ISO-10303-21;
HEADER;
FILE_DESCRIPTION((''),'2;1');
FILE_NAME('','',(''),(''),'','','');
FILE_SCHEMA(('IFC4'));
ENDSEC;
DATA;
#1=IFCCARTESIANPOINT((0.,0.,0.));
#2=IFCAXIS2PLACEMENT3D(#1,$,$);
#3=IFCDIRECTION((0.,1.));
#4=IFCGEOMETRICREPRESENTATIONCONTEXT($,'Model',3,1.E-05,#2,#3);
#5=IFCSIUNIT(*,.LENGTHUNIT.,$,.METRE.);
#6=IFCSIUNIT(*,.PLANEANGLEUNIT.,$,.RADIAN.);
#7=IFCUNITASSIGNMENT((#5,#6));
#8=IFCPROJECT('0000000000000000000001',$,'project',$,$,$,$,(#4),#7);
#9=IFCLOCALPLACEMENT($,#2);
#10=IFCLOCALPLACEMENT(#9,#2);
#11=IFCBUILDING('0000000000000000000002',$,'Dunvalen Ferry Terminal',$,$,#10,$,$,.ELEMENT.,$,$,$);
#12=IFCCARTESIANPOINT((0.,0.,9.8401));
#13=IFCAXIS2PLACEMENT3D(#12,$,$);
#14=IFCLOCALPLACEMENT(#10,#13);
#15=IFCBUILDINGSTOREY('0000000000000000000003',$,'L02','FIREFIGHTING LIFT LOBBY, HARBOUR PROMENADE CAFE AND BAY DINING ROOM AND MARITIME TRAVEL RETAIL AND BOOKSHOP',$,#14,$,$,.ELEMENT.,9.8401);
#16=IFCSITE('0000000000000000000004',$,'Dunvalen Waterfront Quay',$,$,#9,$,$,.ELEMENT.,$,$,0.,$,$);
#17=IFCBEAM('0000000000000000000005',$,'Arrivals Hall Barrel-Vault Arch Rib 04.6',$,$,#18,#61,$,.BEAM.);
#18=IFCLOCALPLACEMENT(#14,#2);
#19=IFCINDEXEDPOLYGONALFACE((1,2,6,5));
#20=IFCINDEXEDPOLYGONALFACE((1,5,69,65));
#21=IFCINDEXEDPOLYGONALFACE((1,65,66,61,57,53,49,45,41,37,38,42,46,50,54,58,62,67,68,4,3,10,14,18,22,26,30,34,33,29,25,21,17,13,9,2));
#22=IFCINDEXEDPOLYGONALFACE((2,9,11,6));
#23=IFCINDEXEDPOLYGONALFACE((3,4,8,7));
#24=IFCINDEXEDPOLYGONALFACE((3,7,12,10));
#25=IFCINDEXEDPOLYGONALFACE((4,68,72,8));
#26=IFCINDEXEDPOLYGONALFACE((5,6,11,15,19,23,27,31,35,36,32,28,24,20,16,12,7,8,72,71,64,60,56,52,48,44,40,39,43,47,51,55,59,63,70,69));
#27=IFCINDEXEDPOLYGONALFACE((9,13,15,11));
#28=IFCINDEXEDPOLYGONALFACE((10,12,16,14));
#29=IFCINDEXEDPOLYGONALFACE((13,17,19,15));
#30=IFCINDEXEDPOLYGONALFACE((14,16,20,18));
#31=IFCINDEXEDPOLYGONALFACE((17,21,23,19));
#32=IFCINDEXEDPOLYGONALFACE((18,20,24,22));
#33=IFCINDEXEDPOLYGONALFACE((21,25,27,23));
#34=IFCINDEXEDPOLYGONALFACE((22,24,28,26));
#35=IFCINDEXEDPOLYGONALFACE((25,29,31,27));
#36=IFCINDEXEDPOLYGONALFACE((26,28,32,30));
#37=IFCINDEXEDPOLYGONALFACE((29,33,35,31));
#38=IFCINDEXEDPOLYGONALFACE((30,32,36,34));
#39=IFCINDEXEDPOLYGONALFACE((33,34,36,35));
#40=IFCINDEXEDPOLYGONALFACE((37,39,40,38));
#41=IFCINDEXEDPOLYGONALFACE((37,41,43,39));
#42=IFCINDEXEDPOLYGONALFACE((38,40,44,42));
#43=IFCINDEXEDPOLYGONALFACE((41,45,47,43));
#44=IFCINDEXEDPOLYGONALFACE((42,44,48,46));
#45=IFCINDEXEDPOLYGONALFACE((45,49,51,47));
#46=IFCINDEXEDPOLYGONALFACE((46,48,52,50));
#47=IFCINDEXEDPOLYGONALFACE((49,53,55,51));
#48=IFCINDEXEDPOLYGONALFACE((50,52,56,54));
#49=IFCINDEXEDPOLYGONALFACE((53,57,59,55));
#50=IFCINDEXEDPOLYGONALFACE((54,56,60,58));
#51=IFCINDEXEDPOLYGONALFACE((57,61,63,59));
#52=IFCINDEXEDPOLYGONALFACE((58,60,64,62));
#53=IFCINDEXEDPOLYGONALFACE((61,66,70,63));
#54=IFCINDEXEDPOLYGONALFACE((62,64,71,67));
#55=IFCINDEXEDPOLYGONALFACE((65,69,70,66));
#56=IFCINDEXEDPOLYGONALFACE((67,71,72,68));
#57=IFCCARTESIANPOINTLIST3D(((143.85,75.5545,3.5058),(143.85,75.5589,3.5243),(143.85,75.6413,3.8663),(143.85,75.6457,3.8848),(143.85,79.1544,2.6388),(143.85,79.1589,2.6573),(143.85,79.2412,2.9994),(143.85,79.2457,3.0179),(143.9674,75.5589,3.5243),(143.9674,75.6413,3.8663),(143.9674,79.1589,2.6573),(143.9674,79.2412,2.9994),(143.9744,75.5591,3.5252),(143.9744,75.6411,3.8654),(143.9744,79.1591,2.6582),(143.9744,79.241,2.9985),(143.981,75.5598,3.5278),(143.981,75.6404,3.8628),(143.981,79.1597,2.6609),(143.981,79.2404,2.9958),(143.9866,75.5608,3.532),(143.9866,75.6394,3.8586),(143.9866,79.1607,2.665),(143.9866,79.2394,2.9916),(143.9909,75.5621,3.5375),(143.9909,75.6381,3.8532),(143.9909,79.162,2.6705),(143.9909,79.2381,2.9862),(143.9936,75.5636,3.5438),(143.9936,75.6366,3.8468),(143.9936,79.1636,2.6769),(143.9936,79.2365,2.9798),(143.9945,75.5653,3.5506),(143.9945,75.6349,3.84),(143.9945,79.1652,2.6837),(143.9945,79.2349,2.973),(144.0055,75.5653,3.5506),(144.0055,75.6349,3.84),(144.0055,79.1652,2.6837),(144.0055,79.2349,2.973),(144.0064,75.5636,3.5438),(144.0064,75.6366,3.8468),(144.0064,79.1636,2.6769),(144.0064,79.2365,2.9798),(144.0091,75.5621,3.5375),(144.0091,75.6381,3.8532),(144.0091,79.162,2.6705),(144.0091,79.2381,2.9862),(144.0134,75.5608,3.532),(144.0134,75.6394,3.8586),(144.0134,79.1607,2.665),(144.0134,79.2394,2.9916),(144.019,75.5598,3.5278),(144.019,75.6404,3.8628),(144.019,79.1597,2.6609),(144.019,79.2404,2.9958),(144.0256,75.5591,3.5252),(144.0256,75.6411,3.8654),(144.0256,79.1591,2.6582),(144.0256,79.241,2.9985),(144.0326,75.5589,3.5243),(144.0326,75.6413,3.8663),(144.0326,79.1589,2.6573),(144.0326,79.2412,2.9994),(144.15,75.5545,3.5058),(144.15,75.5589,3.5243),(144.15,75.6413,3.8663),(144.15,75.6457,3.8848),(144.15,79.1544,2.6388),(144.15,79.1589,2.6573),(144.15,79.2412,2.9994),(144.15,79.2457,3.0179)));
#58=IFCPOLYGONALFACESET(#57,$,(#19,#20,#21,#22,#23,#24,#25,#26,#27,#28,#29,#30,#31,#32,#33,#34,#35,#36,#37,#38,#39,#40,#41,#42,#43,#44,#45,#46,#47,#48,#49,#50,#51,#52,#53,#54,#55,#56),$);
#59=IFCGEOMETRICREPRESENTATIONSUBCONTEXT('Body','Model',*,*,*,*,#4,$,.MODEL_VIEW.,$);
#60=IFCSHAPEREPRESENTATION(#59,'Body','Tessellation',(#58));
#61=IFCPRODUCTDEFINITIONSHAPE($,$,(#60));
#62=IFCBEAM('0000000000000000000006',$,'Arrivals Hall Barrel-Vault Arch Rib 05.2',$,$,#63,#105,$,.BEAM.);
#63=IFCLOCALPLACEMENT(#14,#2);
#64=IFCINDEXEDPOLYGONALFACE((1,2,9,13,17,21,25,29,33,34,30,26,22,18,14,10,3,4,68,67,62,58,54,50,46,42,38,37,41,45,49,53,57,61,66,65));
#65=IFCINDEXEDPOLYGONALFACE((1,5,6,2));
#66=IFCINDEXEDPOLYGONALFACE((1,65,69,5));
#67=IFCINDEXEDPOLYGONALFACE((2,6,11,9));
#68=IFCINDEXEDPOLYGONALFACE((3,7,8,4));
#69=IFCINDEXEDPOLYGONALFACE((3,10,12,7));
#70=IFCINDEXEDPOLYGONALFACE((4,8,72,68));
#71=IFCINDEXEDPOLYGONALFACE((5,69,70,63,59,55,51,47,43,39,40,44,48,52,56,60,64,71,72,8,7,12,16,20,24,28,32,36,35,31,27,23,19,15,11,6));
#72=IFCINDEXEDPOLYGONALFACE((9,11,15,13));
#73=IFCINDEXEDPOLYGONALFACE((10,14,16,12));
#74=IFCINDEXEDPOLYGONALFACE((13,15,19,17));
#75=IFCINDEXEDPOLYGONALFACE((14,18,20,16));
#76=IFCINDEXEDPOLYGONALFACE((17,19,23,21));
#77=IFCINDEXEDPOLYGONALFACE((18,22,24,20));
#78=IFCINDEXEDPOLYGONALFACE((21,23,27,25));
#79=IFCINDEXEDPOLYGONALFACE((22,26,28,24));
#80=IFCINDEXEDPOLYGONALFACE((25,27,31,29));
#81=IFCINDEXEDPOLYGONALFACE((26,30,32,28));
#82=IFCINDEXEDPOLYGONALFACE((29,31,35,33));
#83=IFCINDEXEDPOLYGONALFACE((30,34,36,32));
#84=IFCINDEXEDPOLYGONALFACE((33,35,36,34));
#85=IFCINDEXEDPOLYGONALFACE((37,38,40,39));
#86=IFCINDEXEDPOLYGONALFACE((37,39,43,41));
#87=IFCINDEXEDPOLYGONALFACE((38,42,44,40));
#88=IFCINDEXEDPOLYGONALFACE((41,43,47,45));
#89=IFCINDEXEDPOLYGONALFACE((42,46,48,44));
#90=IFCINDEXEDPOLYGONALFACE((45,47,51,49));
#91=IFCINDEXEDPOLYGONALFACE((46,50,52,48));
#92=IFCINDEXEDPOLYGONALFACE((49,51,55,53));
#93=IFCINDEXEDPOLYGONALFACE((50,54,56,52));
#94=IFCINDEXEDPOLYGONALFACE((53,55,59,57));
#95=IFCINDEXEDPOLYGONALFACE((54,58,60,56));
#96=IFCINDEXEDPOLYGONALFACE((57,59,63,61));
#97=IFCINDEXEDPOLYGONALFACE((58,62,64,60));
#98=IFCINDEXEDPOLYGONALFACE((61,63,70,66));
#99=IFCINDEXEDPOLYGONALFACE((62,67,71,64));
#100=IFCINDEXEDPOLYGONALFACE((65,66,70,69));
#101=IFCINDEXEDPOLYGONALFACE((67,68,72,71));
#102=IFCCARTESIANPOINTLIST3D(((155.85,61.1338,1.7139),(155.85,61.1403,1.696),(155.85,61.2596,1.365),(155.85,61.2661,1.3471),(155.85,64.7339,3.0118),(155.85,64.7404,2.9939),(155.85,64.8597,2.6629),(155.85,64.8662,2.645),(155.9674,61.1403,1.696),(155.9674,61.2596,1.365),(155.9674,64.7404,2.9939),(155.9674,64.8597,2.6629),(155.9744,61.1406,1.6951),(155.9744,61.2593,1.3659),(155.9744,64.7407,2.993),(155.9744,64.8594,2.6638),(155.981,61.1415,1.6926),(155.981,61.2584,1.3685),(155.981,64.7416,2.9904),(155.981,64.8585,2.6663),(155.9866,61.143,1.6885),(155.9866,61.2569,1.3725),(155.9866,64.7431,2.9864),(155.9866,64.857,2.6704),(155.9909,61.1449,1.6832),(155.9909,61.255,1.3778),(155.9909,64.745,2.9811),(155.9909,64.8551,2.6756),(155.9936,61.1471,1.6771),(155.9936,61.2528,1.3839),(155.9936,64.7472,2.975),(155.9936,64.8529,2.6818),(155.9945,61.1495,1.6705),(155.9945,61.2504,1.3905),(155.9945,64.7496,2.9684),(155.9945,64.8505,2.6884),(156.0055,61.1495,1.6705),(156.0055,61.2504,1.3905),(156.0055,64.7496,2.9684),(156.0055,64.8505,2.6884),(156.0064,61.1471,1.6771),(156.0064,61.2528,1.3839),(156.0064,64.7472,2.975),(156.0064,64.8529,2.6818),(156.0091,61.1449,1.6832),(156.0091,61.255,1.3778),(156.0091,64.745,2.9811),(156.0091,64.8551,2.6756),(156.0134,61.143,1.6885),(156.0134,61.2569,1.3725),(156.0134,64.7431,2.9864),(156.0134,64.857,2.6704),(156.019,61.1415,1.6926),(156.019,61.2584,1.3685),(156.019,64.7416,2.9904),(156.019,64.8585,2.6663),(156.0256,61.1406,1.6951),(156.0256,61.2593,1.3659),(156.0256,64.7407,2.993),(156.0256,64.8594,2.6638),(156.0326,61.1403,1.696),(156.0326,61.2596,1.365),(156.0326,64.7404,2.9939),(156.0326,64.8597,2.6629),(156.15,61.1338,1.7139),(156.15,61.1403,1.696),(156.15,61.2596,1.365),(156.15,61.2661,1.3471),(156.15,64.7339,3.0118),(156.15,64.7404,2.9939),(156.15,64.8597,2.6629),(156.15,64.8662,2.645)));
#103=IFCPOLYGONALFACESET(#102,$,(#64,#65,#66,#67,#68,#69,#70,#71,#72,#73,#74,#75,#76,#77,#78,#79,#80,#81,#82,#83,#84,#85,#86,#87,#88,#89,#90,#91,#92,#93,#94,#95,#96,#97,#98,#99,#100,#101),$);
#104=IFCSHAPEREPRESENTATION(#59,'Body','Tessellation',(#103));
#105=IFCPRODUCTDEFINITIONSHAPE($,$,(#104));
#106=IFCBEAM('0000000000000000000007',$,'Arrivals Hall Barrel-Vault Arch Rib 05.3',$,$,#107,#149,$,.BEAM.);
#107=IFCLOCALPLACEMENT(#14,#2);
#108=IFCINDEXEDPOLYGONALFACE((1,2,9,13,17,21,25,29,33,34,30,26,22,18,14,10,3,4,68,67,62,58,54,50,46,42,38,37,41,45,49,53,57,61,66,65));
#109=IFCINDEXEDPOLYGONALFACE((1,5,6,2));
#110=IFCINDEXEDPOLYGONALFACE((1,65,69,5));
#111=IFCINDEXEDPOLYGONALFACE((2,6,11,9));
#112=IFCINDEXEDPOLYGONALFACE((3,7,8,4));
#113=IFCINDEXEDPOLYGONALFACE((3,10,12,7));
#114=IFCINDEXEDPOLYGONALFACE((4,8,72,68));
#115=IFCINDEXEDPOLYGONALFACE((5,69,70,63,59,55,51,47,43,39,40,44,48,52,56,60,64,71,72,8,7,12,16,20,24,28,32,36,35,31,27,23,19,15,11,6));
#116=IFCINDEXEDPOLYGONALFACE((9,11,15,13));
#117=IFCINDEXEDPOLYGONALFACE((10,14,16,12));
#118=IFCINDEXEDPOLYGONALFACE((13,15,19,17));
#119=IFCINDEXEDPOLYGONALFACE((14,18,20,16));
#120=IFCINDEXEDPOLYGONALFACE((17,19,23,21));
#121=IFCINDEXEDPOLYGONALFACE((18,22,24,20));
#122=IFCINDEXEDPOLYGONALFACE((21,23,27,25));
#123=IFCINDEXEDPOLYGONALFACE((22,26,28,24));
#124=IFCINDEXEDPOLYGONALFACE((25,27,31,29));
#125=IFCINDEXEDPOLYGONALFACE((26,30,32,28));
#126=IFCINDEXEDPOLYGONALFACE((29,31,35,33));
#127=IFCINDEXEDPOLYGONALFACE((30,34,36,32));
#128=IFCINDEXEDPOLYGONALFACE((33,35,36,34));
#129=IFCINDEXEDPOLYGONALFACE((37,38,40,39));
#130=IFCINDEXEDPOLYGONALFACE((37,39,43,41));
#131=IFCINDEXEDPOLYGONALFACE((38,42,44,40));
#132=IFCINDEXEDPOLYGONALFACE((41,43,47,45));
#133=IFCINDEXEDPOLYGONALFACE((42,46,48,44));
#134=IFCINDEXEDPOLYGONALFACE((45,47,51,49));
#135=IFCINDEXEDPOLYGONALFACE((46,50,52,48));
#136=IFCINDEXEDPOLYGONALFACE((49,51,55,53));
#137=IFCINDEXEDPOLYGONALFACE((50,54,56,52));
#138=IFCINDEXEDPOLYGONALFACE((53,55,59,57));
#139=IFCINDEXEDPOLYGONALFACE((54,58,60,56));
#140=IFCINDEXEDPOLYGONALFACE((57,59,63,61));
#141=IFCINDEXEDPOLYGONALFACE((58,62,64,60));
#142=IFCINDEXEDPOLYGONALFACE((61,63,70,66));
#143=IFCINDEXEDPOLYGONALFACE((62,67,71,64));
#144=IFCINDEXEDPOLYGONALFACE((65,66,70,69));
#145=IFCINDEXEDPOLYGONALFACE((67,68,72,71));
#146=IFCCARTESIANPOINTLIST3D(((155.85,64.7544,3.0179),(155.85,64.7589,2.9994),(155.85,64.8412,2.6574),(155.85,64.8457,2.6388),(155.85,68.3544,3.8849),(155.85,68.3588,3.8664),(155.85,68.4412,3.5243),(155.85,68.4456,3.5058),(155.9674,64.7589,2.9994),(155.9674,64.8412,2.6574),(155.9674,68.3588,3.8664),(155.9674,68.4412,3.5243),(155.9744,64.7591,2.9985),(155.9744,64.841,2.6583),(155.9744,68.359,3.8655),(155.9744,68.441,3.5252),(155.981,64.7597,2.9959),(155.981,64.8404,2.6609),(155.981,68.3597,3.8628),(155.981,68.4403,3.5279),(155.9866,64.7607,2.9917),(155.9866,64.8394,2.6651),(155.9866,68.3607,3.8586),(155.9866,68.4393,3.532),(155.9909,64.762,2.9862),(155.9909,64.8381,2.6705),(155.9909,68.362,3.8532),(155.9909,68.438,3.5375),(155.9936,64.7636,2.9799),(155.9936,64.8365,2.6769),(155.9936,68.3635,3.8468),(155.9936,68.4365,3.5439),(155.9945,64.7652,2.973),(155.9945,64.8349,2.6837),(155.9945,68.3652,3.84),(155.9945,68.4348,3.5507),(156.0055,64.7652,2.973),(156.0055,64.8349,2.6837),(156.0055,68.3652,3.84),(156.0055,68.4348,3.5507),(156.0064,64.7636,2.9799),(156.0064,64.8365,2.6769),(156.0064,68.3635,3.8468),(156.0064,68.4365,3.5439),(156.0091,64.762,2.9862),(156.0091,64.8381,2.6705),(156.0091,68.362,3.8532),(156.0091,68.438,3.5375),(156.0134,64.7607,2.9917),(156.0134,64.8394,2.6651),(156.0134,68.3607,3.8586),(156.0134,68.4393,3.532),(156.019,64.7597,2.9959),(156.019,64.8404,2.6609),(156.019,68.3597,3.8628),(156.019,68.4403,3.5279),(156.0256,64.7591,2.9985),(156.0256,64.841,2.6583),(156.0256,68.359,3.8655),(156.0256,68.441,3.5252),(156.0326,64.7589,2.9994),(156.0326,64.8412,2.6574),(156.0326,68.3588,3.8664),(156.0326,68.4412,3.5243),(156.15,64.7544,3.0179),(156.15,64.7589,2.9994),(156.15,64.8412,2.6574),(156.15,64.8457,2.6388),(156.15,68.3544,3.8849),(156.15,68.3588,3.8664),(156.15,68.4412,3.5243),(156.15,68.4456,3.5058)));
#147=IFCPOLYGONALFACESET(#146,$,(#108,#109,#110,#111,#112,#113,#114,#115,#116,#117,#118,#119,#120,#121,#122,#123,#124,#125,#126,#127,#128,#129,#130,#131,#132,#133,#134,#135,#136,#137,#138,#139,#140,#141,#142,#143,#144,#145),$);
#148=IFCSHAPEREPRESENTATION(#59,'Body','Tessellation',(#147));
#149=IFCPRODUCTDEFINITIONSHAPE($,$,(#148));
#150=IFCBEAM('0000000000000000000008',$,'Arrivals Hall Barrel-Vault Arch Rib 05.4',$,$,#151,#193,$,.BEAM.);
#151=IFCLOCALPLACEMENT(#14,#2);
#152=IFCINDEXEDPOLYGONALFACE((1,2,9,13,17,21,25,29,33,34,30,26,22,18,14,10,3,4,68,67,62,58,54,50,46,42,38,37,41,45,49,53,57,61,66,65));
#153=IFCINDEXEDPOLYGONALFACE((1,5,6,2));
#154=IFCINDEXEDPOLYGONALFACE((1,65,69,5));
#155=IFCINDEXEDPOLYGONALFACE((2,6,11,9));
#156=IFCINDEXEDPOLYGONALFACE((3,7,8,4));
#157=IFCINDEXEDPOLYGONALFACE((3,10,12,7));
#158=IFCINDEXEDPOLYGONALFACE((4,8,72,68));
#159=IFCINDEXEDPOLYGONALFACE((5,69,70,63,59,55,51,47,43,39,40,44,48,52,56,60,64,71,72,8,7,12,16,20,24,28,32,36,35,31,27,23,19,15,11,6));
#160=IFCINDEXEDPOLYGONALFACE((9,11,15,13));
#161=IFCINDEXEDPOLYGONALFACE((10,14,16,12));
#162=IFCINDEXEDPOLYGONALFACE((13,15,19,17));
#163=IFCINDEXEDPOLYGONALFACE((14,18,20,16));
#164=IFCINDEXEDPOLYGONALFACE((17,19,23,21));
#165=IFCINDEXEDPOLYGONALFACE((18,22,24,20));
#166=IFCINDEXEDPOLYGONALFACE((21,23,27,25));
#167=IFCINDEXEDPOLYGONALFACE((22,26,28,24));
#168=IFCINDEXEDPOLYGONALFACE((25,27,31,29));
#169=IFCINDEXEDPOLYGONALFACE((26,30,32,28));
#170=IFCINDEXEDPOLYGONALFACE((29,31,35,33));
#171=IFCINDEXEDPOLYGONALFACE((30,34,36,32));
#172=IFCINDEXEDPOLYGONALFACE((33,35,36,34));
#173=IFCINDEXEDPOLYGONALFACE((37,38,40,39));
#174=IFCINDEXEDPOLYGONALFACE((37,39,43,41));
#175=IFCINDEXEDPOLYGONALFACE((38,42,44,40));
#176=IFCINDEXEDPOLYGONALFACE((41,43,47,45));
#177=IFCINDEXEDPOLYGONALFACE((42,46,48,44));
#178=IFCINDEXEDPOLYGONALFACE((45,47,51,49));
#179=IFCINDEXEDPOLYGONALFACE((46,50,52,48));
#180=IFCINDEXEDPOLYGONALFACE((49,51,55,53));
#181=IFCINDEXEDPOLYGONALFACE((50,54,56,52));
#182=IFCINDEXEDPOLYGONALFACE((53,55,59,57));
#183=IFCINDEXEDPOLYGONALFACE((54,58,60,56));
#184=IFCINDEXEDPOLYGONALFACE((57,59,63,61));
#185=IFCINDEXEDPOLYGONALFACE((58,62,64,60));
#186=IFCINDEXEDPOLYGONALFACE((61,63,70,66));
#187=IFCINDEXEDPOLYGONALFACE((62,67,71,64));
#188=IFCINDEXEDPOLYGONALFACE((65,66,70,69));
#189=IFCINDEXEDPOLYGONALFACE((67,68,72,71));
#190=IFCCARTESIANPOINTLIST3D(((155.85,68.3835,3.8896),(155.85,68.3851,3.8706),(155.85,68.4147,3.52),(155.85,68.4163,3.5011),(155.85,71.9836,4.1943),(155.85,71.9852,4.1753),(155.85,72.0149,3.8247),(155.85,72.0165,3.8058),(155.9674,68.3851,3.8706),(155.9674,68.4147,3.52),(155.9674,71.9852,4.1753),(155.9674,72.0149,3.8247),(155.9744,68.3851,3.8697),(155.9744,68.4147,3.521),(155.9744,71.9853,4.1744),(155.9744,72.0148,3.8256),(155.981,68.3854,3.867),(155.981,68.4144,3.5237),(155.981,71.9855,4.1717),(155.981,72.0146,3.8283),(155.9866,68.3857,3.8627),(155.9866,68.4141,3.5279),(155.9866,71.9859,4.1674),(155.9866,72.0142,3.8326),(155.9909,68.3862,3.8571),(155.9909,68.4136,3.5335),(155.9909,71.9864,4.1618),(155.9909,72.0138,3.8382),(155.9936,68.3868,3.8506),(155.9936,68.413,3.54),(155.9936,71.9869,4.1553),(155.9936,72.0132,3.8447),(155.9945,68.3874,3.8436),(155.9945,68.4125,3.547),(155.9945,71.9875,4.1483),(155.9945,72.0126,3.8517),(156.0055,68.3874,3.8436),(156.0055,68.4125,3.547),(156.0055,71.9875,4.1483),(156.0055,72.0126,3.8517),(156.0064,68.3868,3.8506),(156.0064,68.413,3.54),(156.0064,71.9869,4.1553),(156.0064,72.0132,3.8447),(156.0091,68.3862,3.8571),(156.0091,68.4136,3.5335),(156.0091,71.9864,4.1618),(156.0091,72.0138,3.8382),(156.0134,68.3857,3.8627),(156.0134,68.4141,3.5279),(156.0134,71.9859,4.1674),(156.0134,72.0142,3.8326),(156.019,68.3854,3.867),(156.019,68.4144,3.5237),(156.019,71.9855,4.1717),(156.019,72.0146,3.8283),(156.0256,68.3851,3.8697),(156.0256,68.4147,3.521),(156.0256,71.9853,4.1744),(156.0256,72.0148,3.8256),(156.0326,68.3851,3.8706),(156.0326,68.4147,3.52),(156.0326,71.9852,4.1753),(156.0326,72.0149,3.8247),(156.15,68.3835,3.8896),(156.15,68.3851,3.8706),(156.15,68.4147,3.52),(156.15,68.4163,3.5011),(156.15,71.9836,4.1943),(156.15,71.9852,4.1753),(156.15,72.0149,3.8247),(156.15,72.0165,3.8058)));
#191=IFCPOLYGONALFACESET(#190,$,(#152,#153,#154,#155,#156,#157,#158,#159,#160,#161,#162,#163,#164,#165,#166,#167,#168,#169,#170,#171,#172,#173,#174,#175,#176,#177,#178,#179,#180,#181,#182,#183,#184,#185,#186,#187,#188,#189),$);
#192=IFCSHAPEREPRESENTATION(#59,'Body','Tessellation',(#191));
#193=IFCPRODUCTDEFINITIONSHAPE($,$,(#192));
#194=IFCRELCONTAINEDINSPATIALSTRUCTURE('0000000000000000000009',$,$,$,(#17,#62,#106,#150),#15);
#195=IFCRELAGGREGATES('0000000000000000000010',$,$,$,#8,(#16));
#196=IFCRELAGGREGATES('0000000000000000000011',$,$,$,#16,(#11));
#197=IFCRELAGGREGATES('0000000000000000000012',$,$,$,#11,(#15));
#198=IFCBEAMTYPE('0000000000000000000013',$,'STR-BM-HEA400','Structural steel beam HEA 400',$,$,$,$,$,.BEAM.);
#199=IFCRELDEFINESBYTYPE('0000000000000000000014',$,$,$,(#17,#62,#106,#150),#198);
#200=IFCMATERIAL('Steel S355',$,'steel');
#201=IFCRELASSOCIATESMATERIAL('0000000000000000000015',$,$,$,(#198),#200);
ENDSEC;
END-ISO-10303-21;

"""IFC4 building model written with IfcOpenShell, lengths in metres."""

from ifc_helpers import new_model, si_unit, direction, frame, origin, origin_2d, place, context, subcontext, project, spatial, i_section, extrude, material, material_profile, profile_set, type_object, element, save


model = new_model("IFC4")

# Units and contexts
model_context = context("Model", 3, precision=1e-05, world=origin(), true_north=direction((0.0, 1.0)))
body_context = subcontext(model_context, "Body", "Model", "MODEL_VIEW")
ifc_project = project(units=[si_unit("LENGTHUNIT", "METRE"), si_unit("PLANEANGLEUNIT", "RADIAN")], contexts=[model_context])

# Site, building, storey
site_placement = place(None, origin())
site = spatial("IfcSite", under=ifc_project, at=site_placement, Name="Dunvalen Waterfront Quay", CompositionType="ELEMENT", RefElevation=0.0)
building_placement = place(site_placement, origin())
building = spatial("IfcBuilding", under=site, at=building_placement, Name="Dunvalen Ferry Terminal", CompositionType="ELEMENT")
storey_placement = place(building_placement, frame((0.0, 0.0, 9.8401)))
storey = spatial("IfcBuildingStorey", under=building, at=storey_placement, Name="L02", Description="FIREFIGHTING LIFT LOBBY, HARBOUR PROMENADE CAFE AND BAY DINING ROOM AND MARITIME TRAVEL RETAIL AND BOOKSHOP", CompositionType="ELEMENT", Elevation=9.8401)

# Beams
ifc_material_1 = material(Name="Steel S355", Category="steel")
ifc_material_profile_1 = material_profile(ifc_material_1, i_section(OverallWidth=0.3, OverallDepth=0.3899, WebThickness=0.011, FlangeThickness=0.019, FilletRadius=0.0271, at=origin_2d()), Name="Steel S355")
ifc_profile_set_1 = profile_set([ifc_material_profile_1], Name="Steel S355")
beam_type = type_object("IfcBeamType", Name="STR-BM-HEA400", Description="Structural steel beam HEA 400", PredefinedType="BEAM", material=ifc_profile_set_1)
beam_1_placement = place(storey_placement, frame((144.0, 75.6001, 3.6953), z_axis=(0.0, 0.972204, -0.234133), x_axis=(-1.0, 0.0, 0.0)))
element("IfcBeam", 1, at=beam_1_placement, inside=storey, type_object=beam_type, Name="Arrivals Hall Barrel-Vault Arch Rib 04.6", PredefinedType="BEAM", context=body_context, shape_type="SweptSolid", body=[
    extrude(i_section(OverallWidth=0.3, OverallDepth=0.3899, WebThickness=0.011, FlangeThickness=0.019, FilletRadius=0.0271, at=origin_2d()), origin(), (0.0, 0.0, 1.0), 3.7029),
])
beam_2_placement = place(storey_placement, frame((156.0, 61.2, 1.5305), z_axis=(0.0, 0.940736, 0.33914), x_axis=(-1.0, 0.0, 0.0)))
element("IfcBeam", 2, at=beam_2_placement, inside=storey, type_object=beam_type, Name="Arrivals Hall Barrel-Vault Arch Rib 05.2", PredefinedType="BEAM", context=body_context, shape_type="SweptSolid", body=[
    extrude(i_section(OverallWidth=0.3, OverallDepth=0.3899, WebThickness=0.011, FlangeThickness=0.019, FilletRadius=0.0271, at=origin_2d()), origin(), (0.0, 0.0, 1.0), 3.8269),
])
beam_3_placement = place(storey_placement, frame((156.0, 64.8, 2.8284), z_axis=(0.0, 0.972204, 0.234133), x_axis=(-1.0, 0.0, 0.0)))
element("IfcBeam", 3, at=beam_3_placement, inside=storey, type_object=beam_type, Name="Arrivals Hall Barrel-Vault Arch Rib 05.3", PredefinedType="BEAM", context=body_context, shape_type="SweptSolid", body=[
    extrude(i_section(OverallWidth=0.3, OverallDepth=0.3899, WebThickness=0.011, FlangeThickness=0.019, FilletRadius=0.0271, at=origin_2d()), origin(), (0.0, 0.0, 1.0), 3.7029),
])
beam_4_placement = place(storey_placement, frame((156.0, 68.3999, 3.6953), z_axis=(0.0, 0.996438, 0.084332), x_axis=(-1.0, 0.0, 0.0)))
element("IfcBeam", 4, at=beam_4_placement, inside=storey, type_object=beam_type, Name="Arrivals Hall Barrel-Vault Arch Rib 05.4", PredefinedType="BEAM", context=body_context, shape_type="SweptSolid", body=[
    extrude(i_section(OverallWidth=0.3, OverallDepth=0.3899, WebThickness=0.011, FlangeThickness=0.019, FilletRadius=0.0271, at=origin_2d()), origin(), (0.0, 0.0, 1.0), 3.613),
])

save(model, "model.ifc")
